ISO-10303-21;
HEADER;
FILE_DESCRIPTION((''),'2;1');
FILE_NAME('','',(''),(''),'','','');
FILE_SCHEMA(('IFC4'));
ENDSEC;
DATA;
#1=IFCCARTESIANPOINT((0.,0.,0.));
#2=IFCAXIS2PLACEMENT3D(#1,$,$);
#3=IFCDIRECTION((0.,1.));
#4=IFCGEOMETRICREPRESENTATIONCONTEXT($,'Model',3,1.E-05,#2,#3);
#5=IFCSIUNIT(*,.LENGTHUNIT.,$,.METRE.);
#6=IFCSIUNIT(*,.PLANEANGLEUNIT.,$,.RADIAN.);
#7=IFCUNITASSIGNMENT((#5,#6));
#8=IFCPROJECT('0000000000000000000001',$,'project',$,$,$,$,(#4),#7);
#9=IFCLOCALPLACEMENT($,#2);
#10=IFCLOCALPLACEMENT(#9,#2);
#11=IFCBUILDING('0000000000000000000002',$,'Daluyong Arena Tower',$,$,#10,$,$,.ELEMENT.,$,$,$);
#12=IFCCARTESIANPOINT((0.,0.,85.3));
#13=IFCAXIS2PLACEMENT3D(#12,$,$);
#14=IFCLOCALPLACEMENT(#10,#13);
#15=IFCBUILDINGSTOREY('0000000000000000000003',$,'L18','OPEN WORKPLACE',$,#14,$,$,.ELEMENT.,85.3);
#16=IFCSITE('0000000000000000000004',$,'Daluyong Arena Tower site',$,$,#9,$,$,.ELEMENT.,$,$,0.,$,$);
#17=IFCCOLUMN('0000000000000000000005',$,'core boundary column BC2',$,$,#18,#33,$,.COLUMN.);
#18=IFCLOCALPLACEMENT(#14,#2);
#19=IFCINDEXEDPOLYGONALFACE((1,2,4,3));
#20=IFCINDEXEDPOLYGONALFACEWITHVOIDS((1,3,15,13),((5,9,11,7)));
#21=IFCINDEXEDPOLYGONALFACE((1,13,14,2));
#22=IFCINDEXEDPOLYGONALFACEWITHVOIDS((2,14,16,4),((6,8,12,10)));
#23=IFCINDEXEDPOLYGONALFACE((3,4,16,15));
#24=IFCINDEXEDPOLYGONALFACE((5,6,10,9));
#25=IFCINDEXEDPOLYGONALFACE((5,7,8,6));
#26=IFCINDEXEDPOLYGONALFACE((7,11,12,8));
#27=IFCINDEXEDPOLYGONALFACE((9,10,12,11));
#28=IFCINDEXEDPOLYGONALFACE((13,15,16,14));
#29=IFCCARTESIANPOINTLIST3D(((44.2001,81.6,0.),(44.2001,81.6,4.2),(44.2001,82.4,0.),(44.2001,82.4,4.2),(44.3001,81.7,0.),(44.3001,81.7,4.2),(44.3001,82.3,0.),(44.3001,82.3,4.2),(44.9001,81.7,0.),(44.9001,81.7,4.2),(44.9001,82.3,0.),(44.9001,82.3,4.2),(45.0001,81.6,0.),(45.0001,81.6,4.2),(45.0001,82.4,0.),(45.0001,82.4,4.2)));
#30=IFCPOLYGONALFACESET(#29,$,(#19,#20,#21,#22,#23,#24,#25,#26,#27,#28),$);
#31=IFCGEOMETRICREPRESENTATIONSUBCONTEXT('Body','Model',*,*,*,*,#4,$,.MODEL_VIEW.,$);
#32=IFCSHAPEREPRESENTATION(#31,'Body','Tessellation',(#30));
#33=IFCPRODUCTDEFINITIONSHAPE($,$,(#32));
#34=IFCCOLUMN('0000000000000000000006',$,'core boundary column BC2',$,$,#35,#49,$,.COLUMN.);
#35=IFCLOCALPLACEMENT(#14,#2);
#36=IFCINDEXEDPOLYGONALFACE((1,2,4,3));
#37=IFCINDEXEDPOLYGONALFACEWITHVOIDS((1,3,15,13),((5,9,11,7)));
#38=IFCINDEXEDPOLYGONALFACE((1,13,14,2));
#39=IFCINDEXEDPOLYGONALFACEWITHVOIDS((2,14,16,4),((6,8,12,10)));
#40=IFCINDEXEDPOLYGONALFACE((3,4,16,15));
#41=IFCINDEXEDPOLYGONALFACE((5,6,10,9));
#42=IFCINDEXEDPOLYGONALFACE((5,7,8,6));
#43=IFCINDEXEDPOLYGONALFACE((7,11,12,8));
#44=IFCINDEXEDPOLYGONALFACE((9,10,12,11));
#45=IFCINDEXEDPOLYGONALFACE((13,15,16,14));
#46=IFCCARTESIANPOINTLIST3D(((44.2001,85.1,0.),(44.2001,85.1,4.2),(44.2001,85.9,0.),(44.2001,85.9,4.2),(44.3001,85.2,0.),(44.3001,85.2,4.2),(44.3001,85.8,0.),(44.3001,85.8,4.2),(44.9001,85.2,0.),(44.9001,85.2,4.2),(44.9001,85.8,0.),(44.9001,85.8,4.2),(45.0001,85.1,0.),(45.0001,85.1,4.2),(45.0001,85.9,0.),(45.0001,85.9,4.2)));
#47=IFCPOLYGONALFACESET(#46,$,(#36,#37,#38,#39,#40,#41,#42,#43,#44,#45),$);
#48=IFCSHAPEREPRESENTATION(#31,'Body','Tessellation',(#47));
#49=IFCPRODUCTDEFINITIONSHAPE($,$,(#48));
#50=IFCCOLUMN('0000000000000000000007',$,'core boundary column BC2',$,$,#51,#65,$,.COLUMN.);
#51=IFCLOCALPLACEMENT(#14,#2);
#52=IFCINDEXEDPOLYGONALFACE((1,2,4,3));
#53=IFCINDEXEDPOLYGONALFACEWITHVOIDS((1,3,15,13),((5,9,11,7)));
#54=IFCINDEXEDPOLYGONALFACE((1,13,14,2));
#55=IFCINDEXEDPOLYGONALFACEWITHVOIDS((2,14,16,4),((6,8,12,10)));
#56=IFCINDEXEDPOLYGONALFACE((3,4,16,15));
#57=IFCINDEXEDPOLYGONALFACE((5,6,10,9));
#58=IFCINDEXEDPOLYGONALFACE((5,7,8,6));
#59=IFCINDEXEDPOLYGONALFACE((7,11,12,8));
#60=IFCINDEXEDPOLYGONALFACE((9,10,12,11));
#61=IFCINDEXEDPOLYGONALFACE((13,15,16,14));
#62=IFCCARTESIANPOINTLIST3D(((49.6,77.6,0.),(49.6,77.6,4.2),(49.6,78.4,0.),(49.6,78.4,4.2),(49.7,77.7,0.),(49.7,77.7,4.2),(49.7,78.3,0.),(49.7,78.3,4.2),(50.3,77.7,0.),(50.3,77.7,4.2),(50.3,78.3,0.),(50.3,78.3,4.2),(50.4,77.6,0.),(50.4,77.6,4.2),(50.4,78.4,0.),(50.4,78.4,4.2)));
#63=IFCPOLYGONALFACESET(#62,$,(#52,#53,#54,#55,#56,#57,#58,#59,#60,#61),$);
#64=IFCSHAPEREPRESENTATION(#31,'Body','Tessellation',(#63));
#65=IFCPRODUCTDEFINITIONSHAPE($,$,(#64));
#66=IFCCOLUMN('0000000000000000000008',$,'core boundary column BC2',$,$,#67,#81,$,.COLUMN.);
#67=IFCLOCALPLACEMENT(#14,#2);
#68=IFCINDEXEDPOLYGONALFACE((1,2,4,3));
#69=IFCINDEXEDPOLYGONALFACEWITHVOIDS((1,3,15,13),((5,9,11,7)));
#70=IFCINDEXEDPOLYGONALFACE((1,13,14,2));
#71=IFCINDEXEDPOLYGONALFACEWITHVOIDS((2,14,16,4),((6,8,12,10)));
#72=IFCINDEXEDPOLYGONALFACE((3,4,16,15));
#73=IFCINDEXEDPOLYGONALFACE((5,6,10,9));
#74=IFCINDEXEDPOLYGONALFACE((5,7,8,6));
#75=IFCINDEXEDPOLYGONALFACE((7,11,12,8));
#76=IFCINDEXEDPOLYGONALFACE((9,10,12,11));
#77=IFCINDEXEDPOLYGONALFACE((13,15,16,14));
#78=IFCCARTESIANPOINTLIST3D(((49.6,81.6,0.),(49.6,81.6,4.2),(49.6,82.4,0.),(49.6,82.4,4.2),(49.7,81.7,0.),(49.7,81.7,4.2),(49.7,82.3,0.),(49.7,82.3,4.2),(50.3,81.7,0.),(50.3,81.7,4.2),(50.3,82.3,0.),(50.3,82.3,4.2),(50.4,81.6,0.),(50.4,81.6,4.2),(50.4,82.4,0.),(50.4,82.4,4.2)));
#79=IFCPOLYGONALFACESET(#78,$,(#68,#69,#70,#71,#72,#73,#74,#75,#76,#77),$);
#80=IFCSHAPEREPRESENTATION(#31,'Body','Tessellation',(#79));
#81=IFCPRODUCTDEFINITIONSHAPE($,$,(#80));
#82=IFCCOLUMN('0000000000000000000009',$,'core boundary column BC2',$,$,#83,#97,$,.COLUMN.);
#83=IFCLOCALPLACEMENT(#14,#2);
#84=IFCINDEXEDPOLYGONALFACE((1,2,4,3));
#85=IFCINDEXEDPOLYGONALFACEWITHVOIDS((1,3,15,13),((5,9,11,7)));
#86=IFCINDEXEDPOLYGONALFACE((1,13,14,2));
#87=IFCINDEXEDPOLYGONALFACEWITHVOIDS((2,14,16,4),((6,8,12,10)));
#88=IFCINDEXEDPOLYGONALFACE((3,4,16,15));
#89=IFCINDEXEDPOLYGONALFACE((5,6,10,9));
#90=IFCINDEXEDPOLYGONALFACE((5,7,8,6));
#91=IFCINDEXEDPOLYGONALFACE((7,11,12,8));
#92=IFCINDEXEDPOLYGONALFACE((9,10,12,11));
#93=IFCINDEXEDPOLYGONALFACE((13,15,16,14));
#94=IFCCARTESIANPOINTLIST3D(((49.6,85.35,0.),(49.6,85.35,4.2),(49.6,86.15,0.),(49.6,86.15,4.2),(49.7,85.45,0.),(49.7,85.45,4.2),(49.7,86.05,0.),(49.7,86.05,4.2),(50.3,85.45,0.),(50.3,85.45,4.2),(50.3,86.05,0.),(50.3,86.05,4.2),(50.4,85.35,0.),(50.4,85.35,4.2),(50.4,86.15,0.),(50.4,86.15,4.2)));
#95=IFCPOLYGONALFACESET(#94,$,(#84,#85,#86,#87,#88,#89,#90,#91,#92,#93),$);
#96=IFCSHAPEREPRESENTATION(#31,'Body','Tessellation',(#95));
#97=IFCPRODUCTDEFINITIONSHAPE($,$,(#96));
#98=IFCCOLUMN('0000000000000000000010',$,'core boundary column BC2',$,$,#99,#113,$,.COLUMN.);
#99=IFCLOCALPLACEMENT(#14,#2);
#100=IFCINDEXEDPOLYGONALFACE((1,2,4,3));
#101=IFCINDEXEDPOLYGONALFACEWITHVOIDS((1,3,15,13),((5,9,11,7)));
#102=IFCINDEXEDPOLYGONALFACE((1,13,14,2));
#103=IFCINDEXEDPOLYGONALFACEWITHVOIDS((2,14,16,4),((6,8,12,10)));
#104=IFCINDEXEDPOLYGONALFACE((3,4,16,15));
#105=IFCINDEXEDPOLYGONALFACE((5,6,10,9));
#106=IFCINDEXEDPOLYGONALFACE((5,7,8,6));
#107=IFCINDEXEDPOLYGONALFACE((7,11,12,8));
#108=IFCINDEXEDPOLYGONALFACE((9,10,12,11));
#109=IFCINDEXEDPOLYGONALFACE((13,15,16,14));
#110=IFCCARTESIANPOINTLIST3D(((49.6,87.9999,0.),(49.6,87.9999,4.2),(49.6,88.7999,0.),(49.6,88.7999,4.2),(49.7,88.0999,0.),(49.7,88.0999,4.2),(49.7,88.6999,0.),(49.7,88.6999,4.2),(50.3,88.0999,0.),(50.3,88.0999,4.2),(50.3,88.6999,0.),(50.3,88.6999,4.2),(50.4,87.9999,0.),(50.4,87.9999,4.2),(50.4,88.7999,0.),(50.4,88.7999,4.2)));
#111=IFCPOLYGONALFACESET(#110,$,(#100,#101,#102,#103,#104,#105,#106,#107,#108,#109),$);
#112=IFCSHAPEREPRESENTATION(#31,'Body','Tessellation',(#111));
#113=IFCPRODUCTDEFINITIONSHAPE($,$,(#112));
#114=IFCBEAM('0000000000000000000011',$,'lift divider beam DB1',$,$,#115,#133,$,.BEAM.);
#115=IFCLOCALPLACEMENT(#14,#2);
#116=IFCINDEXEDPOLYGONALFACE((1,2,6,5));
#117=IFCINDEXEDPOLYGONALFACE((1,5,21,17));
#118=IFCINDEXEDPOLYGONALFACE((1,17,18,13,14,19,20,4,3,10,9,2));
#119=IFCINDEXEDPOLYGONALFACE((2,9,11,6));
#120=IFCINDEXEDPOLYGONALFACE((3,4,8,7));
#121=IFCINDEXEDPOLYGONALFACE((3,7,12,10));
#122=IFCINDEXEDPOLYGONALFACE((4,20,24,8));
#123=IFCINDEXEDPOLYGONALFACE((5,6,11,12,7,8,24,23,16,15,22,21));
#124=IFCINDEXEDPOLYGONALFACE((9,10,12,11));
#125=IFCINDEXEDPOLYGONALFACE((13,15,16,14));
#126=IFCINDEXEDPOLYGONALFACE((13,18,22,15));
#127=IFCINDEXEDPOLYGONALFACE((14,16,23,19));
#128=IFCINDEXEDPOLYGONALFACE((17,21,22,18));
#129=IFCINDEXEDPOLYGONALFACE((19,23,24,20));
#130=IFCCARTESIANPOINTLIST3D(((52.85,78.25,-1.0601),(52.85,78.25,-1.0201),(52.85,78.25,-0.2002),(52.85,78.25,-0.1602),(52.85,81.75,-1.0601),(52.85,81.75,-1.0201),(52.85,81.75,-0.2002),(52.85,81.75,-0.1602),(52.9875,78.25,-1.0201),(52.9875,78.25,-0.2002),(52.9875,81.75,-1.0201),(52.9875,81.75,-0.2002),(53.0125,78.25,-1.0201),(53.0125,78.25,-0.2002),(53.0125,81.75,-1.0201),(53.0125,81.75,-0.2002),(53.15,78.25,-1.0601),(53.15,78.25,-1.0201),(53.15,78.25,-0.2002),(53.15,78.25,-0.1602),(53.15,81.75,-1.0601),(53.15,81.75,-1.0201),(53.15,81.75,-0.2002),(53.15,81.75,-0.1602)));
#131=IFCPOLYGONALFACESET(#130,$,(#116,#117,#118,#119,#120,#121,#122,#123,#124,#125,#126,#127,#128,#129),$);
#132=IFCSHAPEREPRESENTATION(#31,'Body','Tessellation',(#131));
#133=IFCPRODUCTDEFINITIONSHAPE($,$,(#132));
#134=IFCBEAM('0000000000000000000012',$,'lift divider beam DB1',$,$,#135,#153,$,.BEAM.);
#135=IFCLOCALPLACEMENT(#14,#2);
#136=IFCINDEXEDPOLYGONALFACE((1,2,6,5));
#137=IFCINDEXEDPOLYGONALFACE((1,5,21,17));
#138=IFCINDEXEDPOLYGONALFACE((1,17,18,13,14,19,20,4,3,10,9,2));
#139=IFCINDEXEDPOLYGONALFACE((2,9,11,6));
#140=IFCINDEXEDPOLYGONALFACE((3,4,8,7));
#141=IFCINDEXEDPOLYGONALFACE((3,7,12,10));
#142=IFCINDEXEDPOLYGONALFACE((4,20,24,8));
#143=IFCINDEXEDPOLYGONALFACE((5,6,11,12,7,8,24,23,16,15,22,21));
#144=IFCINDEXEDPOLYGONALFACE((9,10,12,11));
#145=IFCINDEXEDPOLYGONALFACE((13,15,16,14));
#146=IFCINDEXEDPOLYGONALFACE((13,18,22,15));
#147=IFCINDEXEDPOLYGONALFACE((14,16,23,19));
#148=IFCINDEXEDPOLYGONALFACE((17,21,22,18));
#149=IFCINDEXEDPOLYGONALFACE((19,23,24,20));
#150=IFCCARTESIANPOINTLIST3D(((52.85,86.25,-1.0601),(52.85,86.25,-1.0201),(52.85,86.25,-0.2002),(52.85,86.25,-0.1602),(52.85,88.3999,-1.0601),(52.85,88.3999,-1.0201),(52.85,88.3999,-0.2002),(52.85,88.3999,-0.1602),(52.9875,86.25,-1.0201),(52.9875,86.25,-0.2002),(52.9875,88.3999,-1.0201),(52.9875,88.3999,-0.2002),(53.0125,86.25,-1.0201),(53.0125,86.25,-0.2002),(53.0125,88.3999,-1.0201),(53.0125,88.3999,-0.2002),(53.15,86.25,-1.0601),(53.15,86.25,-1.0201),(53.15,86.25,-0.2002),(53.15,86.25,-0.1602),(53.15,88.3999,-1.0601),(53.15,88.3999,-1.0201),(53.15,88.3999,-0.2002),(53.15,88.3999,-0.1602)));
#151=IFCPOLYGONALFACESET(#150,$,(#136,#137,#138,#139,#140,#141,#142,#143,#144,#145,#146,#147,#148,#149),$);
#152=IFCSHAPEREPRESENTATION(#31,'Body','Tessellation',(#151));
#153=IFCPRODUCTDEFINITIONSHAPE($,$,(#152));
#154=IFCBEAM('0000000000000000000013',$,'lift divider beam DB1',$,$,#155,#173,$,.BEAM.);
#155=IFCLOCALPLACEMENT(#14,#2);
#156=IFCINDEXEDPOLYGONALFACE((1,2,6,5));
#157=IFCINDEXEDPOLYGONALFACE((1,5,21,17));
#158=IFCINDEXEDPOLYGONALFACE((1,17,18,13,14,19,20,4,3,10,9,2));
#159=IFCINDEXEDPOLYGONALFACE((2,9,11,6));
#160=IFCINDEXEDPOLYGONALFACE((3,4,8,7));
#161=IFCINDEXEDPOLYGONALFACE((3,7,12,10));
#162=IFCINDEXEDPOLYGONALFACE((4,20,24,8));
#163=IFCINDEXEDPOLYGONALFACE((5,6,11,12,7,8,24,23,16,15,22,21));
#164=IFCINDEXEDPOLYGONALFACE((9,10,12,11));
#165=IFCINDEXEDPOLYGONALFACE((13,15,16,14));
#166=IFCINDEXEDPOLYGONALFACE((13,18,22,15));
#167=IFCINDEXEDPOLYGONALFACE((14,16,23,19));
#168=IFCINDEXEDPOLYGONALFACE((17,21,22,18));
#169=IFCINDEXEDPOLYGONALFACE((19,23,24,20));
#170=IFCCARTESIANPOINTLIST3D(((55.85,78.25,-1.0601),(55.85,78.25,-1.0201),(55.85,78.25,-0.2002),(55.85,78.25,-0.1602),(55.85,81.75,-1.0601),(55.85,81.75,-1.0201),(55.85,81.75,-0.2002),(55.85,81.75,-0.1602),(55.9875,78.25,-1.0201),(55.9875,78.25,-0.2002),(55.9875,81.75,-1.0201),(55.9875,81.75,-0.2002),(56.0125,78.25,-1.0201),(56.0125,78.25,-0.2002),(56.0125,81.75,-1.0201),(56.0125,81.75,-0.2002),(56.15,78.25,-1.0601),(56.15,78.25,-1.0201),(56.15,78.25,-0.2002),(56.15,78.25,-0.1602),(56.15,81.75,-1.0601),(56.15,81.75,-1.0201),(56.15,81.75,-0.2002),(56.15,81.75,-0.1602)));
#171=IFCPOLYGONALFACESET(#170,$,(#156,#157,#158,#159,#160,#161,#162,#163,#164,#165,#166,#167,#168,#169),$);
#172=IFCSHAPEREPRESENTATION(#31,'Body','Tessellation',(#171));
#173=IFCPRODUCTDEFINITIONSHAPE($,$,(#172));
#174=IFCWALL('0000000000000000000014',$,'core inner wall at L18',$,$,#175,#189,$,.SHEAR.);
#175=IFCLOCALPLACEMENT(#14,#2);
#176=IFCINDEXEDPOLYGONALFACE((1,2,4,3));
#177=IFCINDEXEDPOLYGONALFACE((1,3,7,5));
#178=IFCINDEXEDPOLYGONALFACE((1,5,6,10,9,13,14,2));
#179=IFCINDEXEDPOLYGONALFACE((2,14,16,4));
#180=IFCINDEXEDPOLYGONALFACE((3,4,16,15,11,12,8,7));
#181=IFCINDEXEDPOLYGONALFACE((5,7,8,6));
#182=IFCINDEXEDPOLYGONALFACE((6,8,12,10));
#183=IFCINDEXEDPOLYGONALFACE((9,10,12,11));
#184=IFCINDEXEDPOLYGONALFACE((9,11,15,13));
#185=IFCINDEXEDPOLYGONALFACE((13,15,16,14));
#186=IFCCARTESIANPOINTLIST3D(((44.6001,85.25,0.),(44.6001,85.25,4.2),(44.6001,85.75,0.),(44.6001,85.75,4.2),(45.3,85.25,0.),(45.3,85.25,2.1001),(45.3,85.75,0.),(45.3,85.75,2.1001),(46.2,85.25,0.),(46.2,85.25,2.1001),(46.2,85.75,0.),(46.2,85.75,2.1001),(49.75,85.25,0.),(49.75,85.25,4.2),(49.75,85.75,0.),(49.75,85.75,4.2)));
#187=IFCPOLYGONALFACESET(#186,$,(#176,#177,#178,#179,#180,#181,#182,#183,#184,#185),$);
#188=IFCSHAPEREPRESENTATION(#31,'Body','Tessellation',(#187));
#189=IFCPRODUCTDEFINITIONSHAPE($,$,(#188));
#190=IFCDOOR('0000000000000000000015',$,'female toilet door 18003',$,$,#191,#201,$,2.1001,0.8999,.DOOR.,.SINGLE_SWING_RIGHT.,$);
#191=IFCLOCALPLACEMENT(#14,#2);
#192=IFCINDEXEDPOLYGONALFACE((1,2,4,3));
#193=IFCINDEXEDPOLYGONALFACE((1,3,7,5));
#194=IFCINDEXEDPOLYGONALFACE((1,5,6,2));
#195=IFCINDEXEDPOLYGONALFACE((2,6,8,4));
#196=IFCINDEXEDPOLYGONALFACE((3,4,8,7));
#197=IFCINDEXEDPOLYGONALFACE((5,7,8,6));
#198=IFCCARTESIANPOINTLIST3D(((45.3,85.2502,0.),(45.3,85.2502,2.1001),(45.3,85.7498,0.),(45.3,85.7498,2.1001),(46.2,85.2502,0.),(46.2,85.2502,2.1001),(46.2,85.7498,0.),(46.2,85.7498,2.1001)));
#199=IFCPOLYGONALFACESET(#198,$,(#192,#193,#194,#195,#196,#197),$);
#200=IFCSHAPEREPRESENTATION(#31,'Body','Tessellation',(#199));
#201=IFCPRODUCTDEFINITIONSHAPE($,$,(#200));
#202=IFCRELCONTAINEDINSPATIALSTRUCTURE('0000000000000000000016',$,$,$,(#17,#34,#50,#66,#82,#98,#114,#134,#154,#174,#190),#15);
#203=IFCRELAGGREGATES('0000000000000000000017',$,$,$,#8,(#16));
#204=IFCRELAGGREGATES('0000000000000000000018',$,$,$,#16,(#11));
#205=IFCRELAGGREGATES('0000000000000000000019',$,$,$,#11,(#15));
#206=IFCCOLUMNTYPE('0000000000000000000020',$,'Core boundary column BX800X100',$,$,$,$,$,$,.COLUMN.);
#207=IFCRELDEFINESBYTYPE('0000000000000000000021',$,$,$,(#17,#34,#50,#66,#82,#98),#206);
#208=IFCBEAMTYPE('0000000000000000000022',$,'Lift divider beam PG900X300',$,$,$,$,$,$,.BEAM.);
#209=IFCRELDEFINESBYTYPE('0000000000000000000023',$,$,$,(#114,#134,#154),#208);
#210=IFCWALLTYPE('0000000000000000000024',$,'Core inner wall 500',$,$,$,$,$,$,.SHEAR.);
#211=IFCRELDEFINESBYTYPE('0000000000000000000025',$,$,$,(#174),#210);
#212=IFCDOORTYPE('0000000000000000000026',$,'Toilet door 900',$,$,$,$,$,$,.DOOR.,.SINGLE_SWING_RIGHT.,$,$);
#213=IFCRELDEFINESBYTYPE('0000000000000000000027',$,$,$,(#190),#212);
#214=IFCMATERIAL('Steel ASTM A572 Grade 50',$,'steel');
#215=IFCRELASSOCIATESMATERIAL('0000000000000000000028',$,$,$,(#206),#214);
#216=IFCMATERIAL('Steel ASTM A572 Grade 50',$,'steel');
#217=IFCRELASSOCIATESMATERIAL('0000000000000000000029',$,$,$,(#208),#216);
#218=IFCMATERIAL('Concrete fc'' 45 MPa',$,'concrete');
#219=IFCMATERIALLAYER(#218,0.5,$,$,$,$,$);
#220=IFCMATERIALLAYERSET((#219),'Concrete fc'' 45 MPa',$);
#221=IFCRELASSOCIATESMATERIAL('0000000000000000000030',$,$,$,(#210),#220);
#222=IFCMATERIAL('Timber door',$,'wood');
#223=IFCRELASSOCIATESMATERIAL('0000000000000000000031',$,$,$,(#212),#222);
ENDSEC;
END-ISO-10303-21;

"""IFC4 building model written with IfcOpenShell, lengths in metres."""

from ifc_helpers import new_model, si_unit, direction, frame, frame_2d, origin, origin_2d, place, context, subcontext, project, spatial, rectangle, hollow_rectangle, i_section, extrude, material, layer, layer_set, material_profile, profile_set, type_object, element, fill, save


model = new_model("IFC4")

# Units and contexts
model_context = context("Model", 3, precision=1e-05, world=origin(), true_north=direction((0.0, 1.0)))
body_context = subcontext(model_context, "Body", "Model", "MODEL_VIEW")
ifc_project = project(units=[si_unit("LENGTHUNIT", "METRE"), si_unit("PLANEANGLEUNIT", "RADIAN")], contexts=[model_context])

# Site, building, storey
site_placement = place(None, origin())
site = spatial("IfcSite", under=ifc_project, at=site_placement, Name="Daluyong Arena Tower site", CompositionType="ELEMENT", RefElevation=0.0)
building_placement = place(site_placement, origin())
building = spatial("IfcBuilding", under=site, at=building_placement, Name="Daluyong Arena Tower", CompositionType="ELEMENT")
storey_placement = place(building_placement, frame((0.0, 0.0, 85.3)))
storey = spatial("IfcBuildingStorey", under=building, at=storey_placement, Name="L18", Description="OPEN WORKPLACE", CompositionType="ELEMENT", Elevation=85.3)

# Columns
ifc_material_1 = material(Name="Steel ASTM A572 Grade 50", Category="steel")
ifc_material_profile_1 = material_profile(ifc_material_1, hollow_rectangle(XDim=0.8, YDim=0.8, WallThickness=0.1, at=origin_2d()))
ifc_profile_set_1 = profile_set([ifc_material_profile_1], Name="Steel ASTM A572 Grade 50")
column_type = type_object("IfcColumnType", Name="Core boundary column BX800X100", PredefinedType="COLUMN", material=ifc_profile_set_1)
for number, where, z_axis, x_axis, name in (
    (1, (44.6001, 82.0, 0.0), (0.0, 0.0, 1.0), (1.0, 0.0, 0.0), "core boundary column BC2"),
    (2, (44.6001, 85.5, 0.0), (0.0, 0.0, 1.0), (1.0, 0.0, 0.0), "core boundary column BC2"),
    (3, (50.0, 78.0, 0.0), (0.0, 0.0, 1.0), (1.0, 0.0, 0.0), "core boundary column BC2"),
    (4, (50.0, 82.0, 0.0), (0.0, 0.0, 1.0), (1.0, 0.0, 0.0), "core boundary column BC2"),
    (5, (50.0, 85.75, 0.0), (0.0, 0.0, 1.0), (1.0, 0.0, 0.0), "core boundary column BC2"),
    (6, (50.0, 88.3999, 0.0), (0.0, 0.0, 1.0), (1.0, 0.0, 0.0), "core boundary column BC2"),
):
    element("IfcColumn", number, at=place(storey_placement, frame(where, z_axis=z_axis, x_axis=x_axis)), inside=storey, type_object=column_type, Name=name, PredefinedType="COLUMN", context=body_context, shape_type="SweptSolid", body=[
        extrude(hollow_rectangle(XDim=0.8, YDim=0.8, WallThickness=0.1, at=origin_2d()), origin(), (0.0, 0.0, 1.0), 4.2),
    ])

# Beams
ifc_material_2 = material(Name="Steel ASTM A572 Grade 50", Category="steel")
ifc_material_profile_2 = material_profile(ifc_material_2, i_section(OverallWidth=0.3, OverallDepth=0.8999, WebThickness=0.025, FlangeThickness=0.04, at=origin_2d()))
ifc_profile_set_2 = profile_set([ifc_material_profile_2], Name="Steel ASTM A572 Grade 50")
beam_type = type_object("IfcBeamType", Name="Lift divider beam PG900X300", PredefinedType="BEAM", material=ifc_profile_set_2)
beam_1_placement = place(storey_placement, frame((53.0, 78.25, -0.6101), z_axis=(0.0, 1.0, 0.0), x_axis=(-1.0, 0.0, 0.0)))
element("IfcBeam", 7, at=beam_1_placement, inside=storey, type_object=beam_type, Name="lift divider beam DB1", PredefinedType="BEAM", context=body_context, shape_type="SweptSolid", body=[
    extrude(i_section(OverallWidth=0.3, OverallDepth=0.8999, WebThickness=0.025, FlangeThickness=0.04, at=origin_2d()), origin(), (0.0, 0.0, 1.0), 3.5),
])
beam_2_placement = place(storey_placement, frame((53.0, 86.25, -0.6101), z_axis=(0.0, 1.0, 0.0), x_axis=(-1.0, 0.0, 0.0)))
element("IfcBeam", 8, at=beam_2_placement, inside=storey, type_object=beam_type, Name="lift divider beam DB1", PredefinedType="BEAM", context=body_context, shape_type="SweptSolid", body=[
    extrude(i_section(OverallWidth=0.3, OverallDepth=0.8999, WebThickness=0.025, FlangeThickness=0.04, at=origin_2d()), origin(), (0.0, 0.0, 1.0), 2.1499),
])
beam_3_placement = place(storey_placement, frame((56.0, 78.25, -0.6101), z_axis=(0.0, 1.0, 0.0), x_axis=(-1.0, 0.0, 0.0)))
element("IfcBeam", 9, at=beam_3_placement, inside=storey, type_object=beam_type, Name="lift divider beam DB1", PredefinedType="BEAM", context=body_context, shape_type="SweptSolid", body=[
    extrude(i_section(OverallWidth=0.3, OverallDepth=0.8999, WebThickness=0.025, FlangeThickness=0.04, at=origin_2d()), origin(), (0.0, 0.0, 1.0), 3.5),
])

# Wall, opening, door
ifc_material_3 = material(Name="Concrete fc' 45 MPa", Category="concrete")
ifc_layer_1 = layer(ifc_material_3, 0.5)
ifc_layer_set_1 = layer_set([ifc_layer_1], Name="Concrete fc' 45 MPa")
wall_type_1 = type_object("IfcWallType", Name="Core inner wall 500", PredefinedType="SHEAR", material=ifc_layer_set_1)
wall_1_placement = place(storey_placement, frame((44.6001, 85.5, 0.0), z_axis=(0.0, 0.0, 1.0), x_axis=(1.0, 0.0, 0.0)))
wall_1 = element("IfcWall", 10, at=wall_1_placement, inside=storey, type_object=wall_type_1, Name="core inner wall at L18", PredefinedType="SHEAR", context=body_context, shape_type="SweptSolid", body=[
    extrude(rectangle(XDim=5.1499, YDim=0.5, at=frame_2d((2.575, 0.0))), origin(), (0.0, 0.0, 1.0), 4.2),
])
opening_1_placement = place(wall_1_placement, frame((0.7, 0.0, 0.0)))
opening_1 = element("IfcOpeningElement", 11, at=opening_1_placement, cuts=wall_1, PredefinedType="OPENING", context=body_context, shape_type="SweptSolid", body=[
    extrude(rectangle(XDim=0.8999, YDim=2.1001, at=frame_2d((0.45, 1.05))), frame((0.0, 0.26, 0.0), z_axis=(0.0, -1.0, 0.0), x_axis=(1.0, 0.0, 0.0)), (0.0, 0.0, 1.0), 0.52),
])
ifc_material_4 = material(Name="Timber door", Category="wood")
door_type_1 = type_object("IfcDoorType", Name="Toilet door 900", OperationType="SINGLE_SWING_RIGHT", PredefinedType="DOOR", material=ifc_material_4)
door_1_placement = place(opening_1_placement, origin())
door_1 = element("IfcDoor", 12, at=door_1_placement, inside=storey, type_object=door_type_1, Name="female toilet door 18003", OperationType="SINGLE_SWING_RIGHT", OverallHeight=2.1001, OverallWidth=0.8999, PredefinedType="DOOR", context=body_context, shape_type="SweptSolid", body=[
    extrude(rectangle(XDim=0.8999, YDim=2.1001, at=frame_2d((0.45, 1.05))), frame((0.0, 0.2498, 0.0), z_axis=(0.0, -1.0, 0.0), x_axis=(1.0, 0.0, 0.0)), (0.0, 0.0, 1.0), 0.4995),
])
fill(opening_1, door_1)

save(model, "model.ifc")
